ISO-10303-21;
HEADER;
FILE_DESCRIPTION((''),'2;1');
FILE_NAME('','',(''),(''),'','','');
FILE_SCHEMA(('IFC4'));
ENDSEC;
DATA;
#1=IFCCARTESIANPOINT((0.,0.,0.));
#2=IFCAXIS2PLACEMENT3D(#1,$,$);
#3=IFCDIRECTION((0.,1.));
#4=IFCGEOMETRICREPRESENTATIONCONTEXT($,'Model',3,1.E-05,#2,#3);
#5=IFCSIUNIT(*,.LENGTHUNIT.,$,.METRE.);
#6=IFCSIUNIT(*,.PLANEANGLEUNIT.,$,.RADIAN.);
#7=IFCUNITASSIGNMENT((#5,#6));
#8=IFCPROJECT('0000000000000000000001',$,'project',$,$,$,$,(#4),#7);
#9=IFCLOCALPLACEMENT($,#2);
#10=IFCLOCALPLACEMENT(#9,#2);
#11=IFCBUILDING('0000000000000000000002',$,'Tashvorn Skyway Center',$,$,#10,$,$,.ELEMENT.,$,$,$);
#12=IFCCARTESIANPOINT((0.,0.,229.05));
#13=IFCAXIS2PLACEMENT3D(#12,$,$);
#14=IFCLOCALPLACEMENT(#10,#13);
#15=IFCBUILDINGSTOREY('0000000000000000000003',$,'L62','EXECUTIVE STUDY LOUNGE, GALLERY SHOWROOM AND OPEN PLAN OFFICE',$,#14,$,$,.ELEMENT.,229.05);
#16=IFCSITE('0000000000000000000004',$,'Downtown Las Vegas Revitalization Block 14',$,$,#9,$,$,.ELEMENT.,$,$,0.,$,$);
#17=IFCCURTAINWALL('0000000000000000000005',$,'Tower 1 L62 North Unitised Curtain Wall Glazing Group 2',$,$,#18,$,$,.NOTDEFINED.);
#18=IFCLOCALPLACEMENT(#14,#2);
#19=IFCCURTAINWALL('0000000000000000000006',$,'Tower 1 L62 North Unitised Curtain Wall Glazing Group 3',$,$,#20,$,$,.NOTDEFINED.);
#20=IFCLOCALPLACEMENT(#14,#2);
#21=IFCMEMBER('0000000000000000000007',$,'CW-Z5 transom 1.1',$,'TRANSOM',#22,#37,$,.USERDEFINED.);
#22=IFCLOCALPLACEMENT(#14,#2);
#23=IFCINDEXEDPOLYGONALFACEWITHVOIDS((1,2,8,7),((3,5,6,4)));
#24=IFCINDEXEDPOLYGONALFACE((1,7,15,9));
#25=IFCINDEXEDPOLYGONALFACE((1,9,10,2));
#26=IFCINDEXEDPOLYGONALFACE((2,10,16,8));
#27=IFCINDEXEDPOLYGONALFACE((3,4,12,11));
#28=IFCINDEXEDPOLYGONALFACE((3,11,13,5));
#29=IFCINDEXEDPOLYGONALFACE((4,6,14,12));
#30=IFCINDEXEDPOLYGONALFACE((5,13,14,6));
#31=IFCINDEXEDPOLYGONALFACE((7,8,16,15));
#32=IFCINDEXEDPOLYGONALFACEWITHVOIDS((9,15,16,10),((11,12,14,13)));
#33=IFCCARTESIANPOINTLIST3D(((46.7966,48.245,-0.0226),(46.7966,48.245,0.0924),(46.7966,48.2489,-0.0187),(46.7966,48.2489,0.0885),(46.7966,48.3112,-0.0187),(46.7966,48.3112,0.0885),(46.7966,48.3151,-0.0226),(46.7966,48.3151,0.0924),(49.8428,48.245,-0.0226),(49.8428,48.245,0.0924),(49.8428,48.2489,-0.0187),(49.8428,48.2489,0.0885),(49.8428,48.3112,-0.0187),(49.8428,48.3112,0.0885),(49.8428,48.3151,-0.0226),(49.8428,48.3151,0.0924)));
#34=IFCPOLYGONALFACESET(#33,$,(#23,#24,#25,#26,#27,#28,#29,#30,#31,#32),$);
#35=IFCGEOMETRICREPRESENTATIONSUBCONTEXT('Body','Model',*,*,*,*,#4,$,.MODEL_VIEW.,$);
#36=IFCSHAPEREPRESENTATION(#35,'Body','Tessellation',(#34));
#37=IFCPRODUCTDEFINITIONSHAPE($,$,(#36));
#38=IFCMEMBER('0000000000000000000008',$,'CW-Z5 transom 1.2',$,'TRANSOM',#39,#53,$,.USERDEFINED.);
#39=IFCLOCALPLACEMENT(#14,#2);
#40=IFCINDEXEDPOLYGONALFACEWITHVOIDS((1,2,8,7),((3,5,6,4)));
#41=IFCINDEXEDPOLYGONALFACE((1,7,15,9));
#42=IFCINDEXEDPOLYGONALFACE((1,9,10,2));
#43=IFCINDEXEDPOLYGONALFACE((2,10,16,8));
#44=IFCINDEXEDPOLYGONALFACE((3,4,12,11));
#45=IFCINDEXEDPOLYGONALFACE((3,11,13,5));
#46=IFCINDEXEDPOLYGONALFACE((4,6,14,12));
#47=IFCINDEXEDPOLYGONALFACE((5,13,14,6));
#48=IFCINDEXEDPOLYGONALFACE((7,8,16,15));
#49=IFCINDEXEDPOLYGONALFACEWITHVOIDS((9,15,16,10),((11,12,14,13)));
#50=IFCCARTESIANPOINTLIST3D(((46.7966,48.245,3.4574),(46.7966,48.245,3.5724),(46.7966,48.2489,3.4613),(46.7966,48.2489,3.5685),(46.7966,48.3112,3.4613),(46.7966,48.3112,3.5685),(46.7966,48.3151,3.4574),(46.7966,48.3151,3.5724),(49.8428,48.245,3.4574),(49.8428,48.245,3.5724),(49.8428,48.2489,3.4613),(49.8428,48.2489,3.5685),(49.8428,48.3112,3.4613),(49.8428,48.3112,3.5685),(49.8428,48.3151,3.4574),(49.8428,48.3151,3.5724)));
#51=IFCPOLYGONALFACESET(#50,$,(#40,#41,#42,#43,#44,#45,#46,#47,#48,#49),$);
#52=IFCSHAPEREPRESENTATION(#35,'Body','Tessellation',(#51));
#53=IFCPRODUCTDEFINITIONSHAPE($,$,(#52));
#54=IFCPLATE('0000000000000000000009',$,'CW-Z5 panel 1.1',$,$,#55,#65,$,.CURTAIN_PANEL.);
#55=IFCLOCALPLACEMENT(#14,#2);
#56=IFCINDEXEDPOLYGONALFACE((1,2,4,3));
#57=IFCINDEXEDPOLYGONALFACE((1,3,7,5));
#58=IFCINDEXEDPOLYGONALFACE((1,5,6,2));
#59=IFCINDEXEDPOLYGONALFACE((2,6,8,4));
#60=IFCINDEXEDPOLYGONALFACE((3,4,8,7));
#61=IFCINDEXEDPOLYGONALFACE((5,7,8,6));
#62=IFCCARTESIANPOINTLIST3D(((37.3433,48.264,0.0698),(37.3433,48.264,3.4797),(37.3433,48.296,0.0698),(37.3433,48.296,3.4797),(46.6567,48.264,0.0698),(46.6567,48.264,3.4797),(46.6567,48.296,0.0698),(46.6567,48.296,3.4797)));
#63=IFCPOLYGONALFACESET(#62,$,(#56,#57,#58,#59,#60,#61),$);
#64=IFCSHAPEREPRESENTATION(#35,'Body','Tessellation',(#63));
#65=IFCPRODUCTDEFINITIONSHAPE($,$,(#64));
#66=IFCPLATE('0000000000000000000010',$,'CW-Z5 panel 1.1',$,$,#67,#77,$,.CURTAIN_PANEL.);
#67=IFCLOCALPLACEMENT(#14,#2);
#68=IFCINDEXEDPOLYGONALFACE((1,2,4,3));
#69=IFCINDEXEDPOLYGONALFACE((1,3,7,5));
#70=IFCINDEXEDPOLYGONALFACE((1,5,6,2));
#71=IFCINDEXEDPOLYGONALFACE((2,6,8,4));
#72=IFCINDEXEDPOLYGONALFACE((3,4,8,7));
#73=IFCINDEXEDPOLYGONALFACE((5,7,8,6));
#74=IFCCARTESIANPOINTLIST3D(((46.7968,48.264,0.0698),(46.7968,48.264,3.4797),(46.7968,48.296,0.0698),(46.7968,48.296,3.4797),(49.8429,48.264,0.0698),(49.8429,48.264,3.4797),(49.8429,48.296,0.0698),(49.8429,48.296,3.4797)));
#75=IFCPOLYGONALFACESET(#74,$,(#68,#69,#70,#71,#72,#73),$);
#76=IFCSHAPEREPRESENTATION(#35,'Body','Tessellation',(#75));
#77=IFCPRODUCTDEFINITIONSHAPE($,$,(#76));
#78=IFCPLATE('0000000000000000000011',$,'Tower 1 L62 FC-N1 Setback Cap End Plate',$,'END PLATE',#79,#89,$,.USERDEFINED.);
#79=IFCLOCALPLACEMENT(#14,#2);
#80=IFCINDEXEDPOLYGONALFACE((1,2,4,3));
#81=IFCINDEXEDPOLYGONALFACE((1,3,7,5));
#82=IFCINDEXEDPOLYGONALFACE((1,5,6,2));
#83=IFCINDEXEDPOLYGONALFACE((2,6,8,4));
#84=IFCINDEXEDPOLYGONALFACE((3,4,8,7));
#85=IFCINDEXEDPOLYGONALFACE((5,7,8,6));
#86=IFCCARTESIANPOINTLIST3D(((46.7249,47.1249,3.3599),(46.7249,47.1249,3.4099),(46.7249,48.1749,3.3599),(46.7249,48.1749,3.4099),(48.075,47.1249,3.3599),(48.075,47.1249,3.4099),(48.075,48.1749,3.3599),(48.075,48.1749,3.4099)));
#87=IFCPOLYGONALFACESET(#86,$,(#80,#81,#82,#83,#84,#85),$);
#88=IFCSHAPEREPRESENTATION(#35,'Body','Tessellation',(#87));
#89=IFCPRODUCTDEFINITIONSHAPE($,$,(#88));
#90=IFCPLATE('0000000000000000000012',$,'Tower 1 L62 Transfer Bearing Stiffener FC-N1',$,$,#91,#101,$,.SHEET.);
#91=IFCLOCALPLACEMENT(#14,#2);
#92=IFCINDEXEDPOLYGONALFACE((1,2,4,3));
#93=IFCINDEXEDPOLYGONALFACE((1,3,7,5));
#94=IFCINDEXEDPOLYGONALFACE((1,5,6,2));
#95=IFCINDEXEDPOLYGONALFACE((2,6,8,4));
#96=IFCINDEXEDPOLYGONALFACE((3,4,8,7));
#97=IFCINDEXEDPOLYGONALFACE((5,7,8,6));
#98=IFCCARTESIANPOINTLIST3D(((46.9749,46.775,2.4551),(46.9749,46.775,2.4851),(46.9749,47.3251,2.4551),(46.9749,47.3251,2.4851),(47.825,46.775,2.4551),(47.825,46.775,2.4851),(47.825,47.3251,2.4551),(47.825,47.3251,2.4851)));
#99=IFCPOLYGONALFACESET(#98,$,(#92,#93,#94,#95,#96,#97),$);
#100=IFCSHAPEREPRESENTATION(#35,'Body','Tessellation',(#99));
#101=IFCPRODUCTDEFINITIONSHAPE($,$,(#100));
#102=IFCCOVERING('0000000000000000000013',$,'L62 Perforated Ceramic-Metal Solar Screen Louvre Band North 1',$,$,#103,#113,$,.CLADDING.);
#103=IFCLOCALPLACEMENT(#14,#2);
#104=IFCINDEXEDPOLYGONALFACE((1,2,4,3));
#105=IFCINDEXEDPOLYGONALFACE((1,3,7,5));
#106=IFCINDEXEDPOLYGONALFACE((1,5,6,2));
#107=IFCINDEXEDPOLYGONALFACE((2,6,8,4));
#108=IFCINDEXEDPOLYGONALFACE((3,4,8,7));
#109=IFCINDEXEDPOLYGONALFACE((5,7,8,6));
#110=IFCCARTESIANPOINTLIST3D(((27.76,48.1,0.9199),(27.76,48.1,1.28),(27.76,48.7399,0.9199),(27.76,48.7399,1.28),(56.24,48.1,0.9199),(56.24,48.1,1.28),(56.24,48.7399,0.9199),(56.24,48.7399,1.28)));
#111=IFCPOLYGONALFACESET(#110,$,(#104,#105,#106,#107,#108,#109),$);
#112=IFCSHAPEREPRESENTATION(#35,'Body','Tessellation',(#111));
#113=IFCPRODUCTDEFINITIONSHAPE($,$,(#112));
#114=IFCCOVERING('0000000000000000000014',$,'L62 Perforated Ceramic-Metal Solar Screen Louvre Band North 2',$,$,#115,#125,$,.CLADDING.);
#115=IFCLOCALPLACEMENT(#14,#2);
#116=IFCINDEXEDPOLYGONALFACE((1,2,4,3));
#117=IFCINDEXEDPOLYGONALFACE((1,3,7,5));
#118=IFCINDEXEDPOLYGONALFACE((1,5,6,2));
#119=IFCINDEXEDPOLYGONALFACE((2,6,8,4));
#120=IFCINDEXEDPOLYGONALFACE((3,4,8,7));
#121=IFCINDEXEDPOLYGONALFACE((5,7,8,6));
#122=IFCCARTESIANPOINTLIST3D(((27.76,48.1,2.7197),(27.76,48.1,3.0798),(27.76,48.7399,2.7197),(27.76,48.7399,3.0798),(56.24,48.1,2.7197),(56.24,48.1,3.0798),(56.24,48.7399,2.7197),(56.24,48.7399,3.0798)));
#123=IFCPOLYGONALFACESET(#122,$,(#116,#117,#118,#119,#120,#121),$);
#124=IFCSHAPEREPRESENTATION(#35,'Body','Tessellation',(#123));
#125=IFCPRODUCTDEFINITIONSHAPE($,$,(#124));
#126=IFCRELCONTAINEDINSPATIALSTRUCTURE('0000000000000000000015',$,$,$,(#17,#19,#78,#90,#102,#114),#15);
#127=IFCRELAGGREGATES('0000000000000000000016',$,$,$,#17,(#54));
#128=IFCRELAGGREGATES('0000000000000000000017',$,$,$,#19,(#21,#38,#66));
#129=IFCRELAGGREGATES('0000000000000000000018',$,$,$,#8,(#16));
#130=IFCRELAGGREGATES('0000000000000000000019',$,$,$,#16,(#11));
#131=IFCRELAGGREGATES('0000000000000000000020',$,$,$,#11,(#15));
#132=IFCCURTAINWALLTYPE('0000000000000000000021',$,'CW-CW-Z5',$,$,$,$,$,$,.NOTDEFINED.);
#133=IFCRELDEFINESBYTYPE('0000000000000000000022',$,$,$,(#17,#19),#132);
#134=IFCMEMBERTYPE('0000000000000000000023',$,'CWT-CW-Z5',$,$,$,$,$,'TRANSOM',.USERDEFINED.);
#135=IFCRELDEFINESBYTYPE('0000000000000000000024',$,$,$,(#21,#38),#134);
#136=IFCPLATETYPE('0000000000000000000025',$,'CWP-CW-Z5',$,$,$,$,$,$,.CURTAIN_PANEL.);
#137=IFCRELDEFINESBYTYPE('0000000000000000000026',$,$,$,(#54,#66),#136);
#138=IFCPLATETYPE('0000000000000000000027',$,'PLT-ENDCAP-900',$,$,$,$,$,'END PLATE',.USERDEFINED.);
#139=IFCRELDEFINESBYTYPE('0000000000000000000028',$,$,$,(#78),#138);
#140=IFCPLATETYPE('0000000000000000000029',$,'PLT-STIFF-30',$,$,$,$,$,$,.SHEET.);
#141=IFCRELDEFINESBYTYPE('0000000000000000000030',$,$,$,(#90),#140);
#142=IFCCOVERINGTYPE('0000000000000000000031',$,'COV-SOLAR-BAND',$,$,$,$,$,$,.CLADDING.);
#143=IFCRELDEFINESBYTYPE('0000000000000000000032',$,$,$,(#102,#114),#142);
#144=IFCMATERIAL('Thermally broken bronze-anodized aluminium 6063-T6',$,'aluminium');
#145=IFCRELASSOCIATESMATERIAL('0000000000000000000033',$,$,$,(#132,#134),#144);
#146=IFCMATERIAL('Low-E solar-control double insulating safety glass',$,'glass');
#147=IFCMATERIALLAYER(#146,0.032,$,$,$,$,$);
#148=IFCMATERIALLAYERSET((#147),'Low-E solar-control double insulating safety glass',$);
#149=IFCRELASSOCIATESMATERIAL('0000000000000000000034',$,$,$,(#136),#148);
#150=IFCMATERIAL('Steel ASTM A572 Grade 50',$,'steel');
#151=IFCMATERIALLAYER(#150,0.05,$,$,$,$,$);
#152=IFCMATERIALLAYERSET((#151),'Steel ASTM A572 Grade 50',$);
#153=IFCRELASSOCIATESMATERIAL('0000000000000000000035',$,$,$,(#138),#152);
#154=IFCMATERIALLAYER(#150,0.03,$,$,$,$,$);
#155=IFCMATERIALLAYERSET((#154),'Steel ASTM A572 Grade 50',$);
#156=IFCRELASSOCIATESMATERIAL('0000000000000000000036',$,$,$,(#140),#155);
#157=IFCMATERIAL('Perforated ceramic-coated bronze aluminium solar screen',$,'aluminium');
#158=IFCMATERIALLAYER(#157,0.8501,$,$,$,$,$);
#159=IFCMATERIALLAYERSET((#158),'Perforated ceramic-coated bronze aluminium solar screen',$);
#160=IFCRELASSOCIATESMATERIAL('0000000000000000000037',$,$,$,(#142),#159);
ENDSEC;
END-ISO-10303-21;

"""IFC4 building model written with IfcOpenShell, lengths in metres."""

from ifc_helpers import new_model, si_unit, direction, frame, origin, origin_2d, place, context, subcontext, project, spatial, rectangle, hollow_rectangle, extrude, material, layer, layer_set, material_profile, profile_set, type_object, element, aggregate, save


model = new_model("IFC4")

# Units and contexts
model_context = context("Model", 3, precision=1e-05, world=origin(), true_north=direction((0.0, 1.0)))
body_context = subcontext(model_context, "Body", "Model", "MODEL_VIEW")
ifc_project = project(units=[si_unit("LENGTHUNIT", "METRE"), si_unit("PLANEANGLEUNIT", "RADIAN")], contexts=[model_context])

# Site, building, storey
site_placement = place(None, origin())
site = spatial("IfcSite", under=ifc_project, at=site_placement, Name="Downtown Las Vegas Revitalization Block 14", CompositionType="ELEMENT", RefElevation=0.0)
building_placement = place(site_placement, origin())
building = spatial("IfcBuilding", under=site, at=building_placement, Name="Tashvorn Skyway Center", CompositionType="ELEMENT")
storey_placement = place(building_placement, frame((0.0, 0.0, 229.05)))
storey = spatial("IfcBuildingStorey", under=building, at=storey_placement, Name="L62", Description="EXECUTIVE STUDY LOUNGE, GALLERY SHOWROOM AND OPEN PLAN OFFICE", CompositionType="ELEMENT", Elevation=229.05)

# Shared definitions
ifc_material_1 = material(Name="Steel ASTM A572 Grade 50", Category="steel")

# Shared definitions
ifc_material_2 = material(Name="Thermally broken bronze-anodized aluminium 6063-T6", Category="aluminium")
curtain_wall_type = type_object("IfcCurtainWallType", Name="CW-CW-Z5", PredefinedType="NOTDEFINED", material=ifc_material_2)

# Curtain walls
curtain_wall_1_placement = place(storey_placement, origin())
curtain_wall_1 = element("IfcCurtainWall", 1, at=curtain_wall_1_placement, inside=storey, type_object=curtain_wall_type, Name="Tower 1 L62 North Unitised Curtain Wall Glazing Group 2", PredefinedType="NOTDEFINED")
curtain_wall_2_placement = place(storey_placement, origin())
curtain_wall_2 = element("IfcCurtainWall", 2, at=curtain_wall_2_placement, inside=storey, type_object=curtain_wall_type, Name="Tower 1 L62 North Unitised Curtain Wall Glazing Group 3", PredefinedType="NOTDEFINED")

# Members
ifc_material_profile_1 = material_profile(ifc_material_2, hollow_rectangle(XDim=0.0701, YDim=0.115, WallThickness=0.0039, at=origin_2d()), Name="ALU-TRAN-70x115")
ifc_profile_set_1 = profile_set([ifc_material_profile_1], Name="Thermally broken bronze-anodized aluminium 6063-T6")
member_type_1 = type_object("IfcMemberType", Name="CWT-CW-Z5", ElementType="TRANSOM", PredefinedType="USERDEFINED", material=ifc_profile_set_1)
member_1_placement = place(storey_placement, frame((46.7966, 48.28, 0.0349), z_axis=(1.0, 0.0, 0.0), x_axis=(0.0, 1.0, 0.0)))
member_1 = element("IfcMember", 3, at=member_1_placement, type_object=member_type_1, Name="CW-Z5 transom 1.1", ObjectType="TRANSOM", PredefinedType="USERDEFINED", context=body_context, shape_type="SweptSolid", body=[
    extrude(hollow_rectangle(XDim=0.0701, YDim=0.115, WallThickness=0.0039, at=origin_2d()), origin(), (0.0, 0.0, 1.0), 3.0461),
])
member_2_placement = place(storey_placement, frame((46.7966, 48.28, 3.5149), z_axis=(1.0, 0.0, 0.0), x_axis=(0.0, 1.0, 0.0)))
member_2 = element("IfcMember", 4, at=member_2_placement, type_object=member_type_1, Name="CW-Z5 transom 1.2", ObjectType="TRANSOM", PredefinedType="USERDEFINED", context=body_context, shape_type="SweptSolid", body=[
    extrude(hollow_rectangle(XDim=0.0701, YDim=0.115, WallThickness=0.0039, at=origin_2d()), origin(), (0.0, 0.0, 1.0), 3.0461),
])

# Plates
ifc_material_3 = material(Name="Low-E solar-control double insulating safety glass", Category="glass")
ifc_layer_1 = layer(ifc_material_3, 0.032)
ifc_layer_set_1 = layer_set([ifc_layer_1], Name="Low-E solar-control double insulating safety glass")
plate_type_1 = type_object("IfcPlateType", Name="CWP-CW-Z5", PredefinedType="CURTAIN_PANEL", material=ifc_layer_set_1)
plate_1_placement = place(storey_placement, frame((42.0, 48.28, 0.0698), z_axis=(0.0, 0.0, 1.0), x_axis=(1.0, 0.0, 0.0)))
plate_1 = element("IfcPlate", 5, at=plate_1_placement, type_object=plate_type_1, Name="CW-Z5 panel 1.1", PredefinedType="CURTAIN_PANEL", context=body_context, shape_type="SweptSolid", body=[
    extrude(rectangle(XDim=9.3135, YDim=0.032, at=origin_2d()), origin(), (0.0, 0.0, 1.0), 3.4099),
])
aggregate(curtain_wall_1, [plate_1])
plate_2_placement = place(storey_placement, frame((48.3198, 48.28, 0.0698), z_axis=(0.0, 0.0, 1.0), x_axis=(1.0, 0.0, 0.0)))
plate_2 = element("IfcPlate", 6, at=plate_2_placement, type_object=plate_type_1, Name="CW-Z5 panel 1.1", PredefinedType="CURTAIN_PANEL", context=body_context, shape_type="SweptSolid", body=[
    extrude(rectangle(XDim=3.0461, YDim=0.032, at=origin_2d()), origin(), (0.0, 0.0, 1.0), 3.4099),
])
aggregate(curtain_wall_2, [member_1, member_2, plate_2])

# Plates
ifc_layer_2 = layer(ifc_material_1, 0.05)
ifc_layer_set_2 = layer_set([ifc_layer_2], Name="Steel ASTM A572 Grade 50")
plate_type_2 = type_object("IfcPlateType", Name="PLT-ENDCAP-900", ElementType="END PLATE", PredefinedType="USERDEFINED", material=ifc_layer_set_2)
plate_3_placement = place(storey_placement, frame((47.3999, 47.6499, 3.3599), z_axis=(0.0, 0.0, 1.0), x_axis=(1.0, 0.0, 0.0)))
element("IfcPlate", 7, at=plate_3_placement, inside=storey, type_object=plate_type_2, Name="Tower 1 L62 FC-N1 Setback Cap End Plate", ObjectType="END PLATE", PredefinedType="USERDEFINED", context=body_context, shape_type="SweptSolid", body=[
    extrude(rectangle(XDim=1.3501, YDim=1.05, at=origin_2d()), origin(), (0.0, 0.0, 1.0), 0.05),
])
ifc_layer_3 = layer(ifc_material_1, 0.03)
ifc_layer_set_3 = layer_set([ifc_layer_3], Name="Steel ASTM A572 Grade 50")
plate_type_3 = type_object("IfcPlateType", Name="PLT-STIFF-30", PredefinedType="SHEET", material=ifc_layer_set_3)
plate_4_placement = place(storey_placement, frame((47.3999, 47.05, 2.4551), z_axis=(0.0, 0.0, 1.0), x_axis=(1.0, 0.0, 0.0)))
element("IfcPlate", 8, at=plate_4_placement, inside=storey, type_object=plate_type_3, Name="Tower 1 L62 Transfer Bearing Stiffener FC-N1", PredefinedType="SHEET", context=body_context, shape_type="SweptSolid", body=[
    extrude(rectangle(XDim=0.8501, YDim=0.55, at=origin_2d()), origin(), (0.0, 0.0, 1.0), 0.03),
])

# Coverings
ifc_material_4 = material(Name="Perforated ceramic-coated bronze aluminium solar screen", Category="aluminium")
ifc_layer_4 = layer(ifc_material_4, 0.8501)
ifc_layer_set_4 = layer_set([ifc_layer_4], Name="Perforated ceramic-coated bronze aluminium solar screen")
covering_type = type_object("IfcCoveringType", Name="COV-SOLAR-BAND", PredefinedType="CLADDING", material=ifc_layer_set_4)
for number, where, z_axis, x_axis, name in (
    (9, (42.0, 48.4199, 0.9199), (0.0, 0.0, 1.0), (1.0, 0.0, 0.0), "L62 Perforated Ceramic-Metal Solar Screen Louvre Band North 1"),
    (10, (42.0, 48.4199, 2.7197), (0.0, 0.0, 1.0), (1.0, 0.0, 0.0), "L62 Perforated Ceramic-Metal Solar Screen Louvre Band North 2"),
):
    element("IfcCovering", number, at=place(storey_placement, frame(where, z_axis=z_axis, x_axis=x_axis)), inside=storey, type_object=covering_type, Name=name, PredefinedType="CLADDING", context=body_context, shape_type="SweptSolid", body=[
        extrude(rectangle(XDim=28.48, YDim=0.6399, at=origin_2d()), origin(), (0.0, 0.0, 1.0), 0.3601),
    ])

save(model, "model.ifc")
